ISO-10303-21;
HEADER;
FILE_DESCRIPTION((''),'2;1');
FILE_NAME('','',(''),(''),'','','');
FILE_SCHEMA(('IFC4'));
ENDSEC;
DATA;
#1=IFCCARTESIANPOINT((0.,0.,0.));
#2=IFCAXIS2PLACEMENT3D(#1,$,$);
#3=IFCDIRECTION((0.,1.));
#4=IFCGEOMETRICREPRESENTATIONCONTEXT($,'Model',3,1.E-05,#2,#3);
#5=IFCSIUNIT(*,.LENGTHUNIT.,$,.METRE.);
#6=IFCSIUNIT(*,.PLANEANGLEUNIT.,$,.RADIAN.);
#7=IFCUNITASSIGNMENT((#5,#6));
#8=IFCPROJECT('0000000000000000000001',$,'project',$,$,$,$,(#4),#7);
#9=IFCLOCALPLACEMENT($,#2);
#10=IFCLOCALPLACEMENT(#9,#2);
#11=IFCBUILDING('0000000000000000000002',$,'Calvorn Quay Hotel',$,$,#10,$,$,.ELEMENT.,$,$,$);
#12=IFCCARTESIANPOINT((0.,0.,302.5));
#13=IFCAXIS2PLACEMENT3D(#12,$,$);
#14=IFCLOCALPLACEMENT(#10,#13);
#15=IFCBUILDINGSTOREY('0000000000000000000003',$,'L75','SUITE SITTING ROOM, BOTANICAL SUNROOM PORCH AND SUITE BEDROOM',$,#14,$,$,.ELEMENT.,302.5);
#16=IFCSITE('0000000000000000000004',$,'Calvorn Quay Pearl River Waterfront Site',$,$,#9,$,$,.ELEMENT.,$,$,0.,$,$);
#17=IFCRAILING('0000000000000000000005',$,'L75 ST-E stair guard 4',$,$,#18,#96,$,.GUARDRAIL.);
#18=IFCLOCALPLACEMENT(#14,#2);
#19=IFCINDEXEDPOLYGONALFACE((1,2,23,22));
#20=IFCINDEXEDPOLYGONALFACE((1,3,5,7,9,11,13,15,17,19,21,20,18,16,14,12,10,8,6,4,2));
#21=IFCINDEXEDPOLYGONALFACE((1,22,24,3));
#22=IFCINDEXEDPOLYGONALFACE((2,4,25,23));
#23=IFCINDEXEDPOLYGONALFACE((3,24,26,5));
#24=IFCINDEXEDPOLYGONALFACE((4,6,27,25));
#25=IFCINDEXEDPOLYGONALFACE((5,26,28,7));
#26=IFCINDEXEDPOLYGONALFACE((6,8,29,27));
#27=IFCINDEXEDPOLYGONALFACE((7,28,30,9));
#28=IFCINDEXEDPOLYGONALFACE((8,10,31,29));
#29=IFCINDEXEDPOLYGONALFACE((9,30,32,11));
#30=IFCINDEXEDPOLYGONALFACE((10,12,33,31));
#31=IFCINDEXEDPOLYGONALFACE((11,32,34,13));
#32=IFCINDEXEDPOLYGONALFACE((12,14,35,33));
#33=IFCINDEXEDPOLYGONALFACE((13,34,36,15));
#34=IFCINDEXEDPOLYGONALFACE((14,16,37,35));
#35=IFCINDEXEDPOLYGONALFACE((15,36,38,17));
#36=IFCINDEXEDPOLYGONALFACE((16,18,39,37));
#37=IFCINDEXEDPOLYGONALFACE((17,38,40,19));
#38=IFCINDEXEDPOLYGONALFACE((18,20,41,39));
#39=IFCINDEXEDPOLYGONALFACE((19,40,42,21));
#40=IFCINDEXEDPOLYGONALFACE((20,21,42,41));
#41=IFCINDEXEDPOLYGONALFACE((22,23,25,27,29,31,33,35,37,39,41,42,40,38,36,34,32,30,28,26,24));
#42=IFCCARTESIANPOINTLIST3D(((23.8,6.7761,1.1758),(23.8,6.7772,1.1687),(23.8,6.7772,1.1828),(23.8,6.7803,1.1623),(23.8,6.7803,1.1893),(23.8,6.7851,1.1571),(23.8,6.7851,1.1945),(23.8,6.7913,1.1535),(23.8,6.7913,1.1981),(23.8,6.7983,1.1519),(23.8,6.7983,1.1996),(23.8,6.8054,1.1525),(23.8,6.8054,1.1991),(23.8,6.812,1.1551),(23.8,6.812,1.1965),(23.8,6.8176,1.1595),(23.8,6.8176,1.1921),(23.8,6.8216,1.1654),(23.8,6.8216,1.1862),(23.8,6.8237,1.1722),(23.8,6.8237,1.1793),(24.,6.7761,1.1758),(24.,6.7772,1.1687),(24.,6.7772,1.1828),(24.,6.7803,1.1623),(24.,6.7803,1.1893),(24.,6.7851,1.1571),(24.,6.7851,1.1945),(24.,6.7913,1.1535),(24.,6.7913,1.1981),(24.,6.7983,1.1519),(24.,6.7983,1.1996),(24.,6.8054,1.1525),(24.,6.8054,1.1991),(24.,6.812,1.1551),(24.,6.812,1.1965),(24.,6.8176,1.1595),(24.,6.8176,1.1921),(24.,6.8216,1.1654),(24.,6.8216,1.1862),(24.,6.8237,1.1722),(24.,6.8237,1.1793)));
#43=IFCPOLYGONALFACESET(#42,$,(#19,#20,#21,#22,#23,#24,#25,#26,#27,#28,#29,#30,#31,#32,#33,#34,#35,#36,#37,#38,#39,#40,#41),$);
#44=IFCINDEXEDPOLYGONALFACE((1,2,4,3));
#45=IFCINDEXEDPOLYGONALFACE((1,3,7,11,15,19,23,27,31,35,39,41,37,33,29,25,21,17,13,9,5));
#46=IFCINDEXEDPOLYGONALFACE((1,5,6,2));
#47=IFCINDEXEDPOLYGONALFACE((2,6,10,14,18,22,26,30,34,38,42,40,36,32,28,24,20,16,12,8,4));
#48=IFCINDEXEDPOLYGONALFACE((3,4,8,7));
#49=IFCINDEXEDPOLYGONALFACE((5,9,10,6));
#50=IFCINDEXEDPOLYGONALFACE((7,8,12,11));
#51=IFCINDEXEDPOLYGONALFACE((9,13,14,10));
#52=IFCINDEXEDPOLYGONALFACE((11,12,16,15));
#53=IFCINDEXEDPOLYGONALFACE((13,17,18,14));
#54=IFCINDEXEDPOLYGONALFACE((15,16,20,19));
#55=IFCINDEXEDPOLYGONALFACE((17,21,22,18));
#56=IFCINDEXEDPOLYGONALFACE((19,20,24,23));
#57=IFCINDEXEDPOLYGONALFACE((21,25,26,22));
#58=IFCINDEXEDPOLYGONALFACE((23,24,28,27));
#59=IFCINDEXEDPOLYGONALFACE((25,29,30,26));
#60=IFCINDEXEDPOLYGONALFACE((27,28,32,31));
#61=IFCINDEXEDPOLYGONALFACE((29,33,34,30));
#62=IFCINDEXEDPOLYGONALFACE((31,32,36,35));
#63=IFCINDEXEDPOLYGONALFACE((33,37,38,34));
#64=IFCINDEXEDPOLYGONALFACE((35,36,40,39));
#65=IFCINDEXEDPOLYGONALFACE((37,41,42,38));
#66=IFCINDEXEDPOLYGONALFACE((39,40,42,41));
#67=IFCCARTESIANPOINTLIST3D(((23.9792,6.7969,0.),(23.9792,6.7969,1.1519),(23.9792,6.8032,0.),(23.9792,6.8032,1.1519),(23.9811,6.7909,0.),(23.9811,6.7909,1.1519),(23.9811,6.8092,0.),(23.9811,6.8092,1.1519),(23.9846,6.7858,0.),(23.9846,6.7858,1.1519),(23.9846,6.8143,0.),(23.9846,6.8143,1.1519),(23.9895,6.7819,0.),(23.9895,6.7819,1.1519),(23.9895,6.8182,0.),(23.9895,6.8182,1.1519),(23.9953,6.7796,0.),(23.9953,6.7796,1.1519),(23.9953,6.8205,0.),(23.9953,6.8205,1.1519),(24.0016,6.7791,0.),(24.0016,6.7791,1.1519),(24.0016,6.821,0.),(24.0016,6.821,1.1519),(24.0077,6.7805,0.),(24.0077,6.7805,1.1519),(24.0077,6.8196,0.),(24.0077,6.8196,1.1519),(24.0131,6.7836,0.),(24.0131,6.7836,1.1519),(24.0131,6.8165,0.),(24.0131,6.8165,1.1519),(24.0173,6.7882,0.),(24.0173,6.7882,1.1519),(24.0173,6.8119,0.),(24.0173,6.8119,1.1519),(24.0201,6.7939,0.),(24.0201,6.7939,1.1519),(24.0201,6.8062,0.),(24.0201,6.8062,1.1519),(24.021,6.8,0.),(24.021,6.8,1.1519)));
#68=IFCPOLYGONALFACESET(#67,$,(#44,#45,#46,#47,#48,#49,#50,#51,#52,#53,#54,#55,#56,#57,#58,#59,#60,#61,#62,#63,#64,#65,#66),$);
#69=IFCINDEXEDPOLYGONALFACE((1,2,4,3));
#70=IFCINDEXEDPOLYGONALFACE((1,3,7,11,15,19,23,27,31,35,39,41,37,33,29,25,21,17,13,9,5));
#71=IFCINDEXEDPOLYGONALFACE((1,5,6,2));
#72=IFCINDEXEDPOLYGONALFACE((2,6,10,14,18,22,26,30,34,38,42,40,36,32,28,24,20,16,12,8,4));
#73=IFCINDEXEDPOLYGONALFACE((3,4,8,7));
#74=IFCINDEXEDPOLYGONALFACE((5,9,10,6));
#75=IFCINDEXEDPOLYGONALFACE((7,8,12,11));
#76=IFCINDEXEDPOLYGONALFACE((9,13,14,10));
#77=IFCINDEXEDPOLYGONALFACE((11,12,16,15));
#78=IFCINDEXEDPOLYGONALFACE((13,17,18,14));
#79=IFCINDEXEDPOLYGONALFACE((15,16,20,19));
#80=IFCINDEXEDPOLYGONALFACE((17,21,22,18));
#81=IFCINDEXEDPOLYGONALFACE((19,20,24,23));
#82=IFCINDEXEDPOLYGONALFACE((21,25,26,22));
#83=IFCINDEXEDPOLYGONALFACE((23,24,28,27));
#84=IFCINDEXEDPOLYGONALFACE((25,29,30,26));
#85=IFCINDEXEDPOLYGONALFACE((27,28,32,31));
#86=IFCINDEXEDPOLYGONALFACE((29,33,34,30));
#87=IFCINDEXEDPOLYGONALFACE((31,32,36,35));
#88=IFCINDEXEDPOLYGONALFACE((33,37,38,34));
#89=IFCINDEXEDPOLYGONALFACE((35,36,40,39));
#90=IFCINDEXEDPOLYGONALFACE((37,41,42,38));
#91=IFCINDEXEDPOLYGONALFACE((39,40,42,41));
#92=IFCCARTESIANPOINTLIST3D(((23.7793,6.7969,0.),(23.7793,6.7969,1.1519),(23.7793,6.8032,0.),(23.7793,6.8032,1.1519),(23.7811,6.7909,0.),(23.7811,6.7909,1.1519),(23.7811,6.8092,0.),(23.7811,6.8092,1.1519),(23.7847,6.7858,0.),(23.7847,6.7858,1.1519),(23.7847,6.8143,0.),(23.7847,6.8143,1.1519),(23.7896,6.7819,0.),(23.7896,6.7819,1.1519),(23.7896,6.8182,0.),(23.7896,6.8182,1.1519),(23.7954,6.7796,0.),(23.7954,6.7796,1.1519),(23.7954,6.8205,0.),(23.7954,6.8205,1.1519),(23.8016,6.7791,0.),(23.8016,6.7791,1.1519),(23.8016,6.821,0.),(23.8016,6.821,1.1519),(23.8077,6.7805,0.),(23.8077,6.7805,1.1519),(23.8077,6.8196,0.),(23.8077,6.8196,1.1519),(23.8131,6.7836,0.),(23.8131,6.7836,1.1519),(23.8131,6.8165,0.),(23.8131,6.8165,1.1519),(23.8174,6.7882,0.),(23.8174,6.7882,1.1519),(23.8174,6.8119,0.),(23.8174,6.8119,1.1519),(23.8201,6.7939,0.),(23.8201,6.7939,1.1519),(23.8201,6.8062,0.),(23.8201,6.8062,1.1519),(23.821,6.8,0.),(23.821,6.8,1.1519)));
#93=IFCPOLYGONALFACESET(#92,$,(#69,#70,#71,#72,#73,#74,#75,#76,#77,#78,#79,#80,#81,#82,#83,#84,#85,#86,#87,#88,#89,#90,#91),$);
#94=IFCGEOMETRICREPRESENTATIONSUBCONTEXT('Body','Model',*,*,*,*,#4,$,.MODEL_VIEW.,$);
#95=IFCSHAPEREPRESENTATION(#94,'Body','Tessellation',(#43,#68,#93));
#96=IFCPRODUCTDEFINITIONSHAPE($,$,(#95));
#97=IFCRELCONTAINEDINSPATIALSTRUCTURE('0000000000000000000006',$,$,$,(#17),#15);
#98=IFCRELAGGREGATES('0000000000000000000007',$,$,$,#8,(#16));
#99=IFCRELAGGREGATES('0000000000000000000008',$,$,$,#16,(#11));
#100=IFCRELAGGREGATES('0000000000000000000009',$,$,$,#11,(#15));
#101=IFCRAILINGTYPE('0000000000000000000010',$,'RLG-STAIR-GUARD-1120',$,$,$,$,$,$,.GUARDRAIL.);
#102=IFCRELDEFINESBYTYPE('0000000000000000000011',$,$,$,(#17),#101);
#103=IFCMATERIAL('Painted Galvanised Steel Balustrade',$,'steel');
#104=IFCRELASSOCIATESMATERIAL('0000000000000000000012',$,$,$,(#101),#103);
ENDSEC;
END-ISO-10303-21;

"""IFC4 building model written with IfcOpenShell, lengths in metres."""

from ifc_helpers import new_model, si_unit, direction, frame, origin, origin_2d, place, context, subcontext, project, spatial, circle, extrude, material, type_object, element, save


model = new_model("IFC4")

# Units and contexts
model_context = context("Model", 3, precision=1e-05, world=origin(), true_north=direction((0.0, 1.0)))
body_context = subcontext(model_context, "Body", "Model", "MODEL_VIEW")
ifc_project = project(units=[si_unit("LENGTHUNIT", "METRE"), si_unit("PLANEANGLEUNIT", "RADIAN")], contexts=[model_context])

# Site, building, storey
site_placement = place(None, origin())
site = spatial("IfcSite", under=ifc_project, at=site_placement, Name="Calvorn Quay Pearl River Waterfront Site", CompositionType="ELEMENT", RefElevation=0.0)
building_placement = place(site_placement, origin())
building = spatial("IfcBuilding", under=site, at=building_placement, Name="Calvorn Quay Hotel", CompositionType="ELEMENT")
storey_placement = place(building_placement, frame((0.0, 0.0, 302.5)))
storey = spatial("IfcBuildingStorey", under=building, at=storey_placement, Name="L75", Description="SUITE SITTING ROOM, BOTANICAL SUNROOM PORCH AND SUITE BEDROOM", CompositionType="ELEMENT", Elevation=302.5)

# Railing
ifc_material_1 = material(Name="Painted Galvanised Steel Balustrade", Category="steel")
railing_type_1 = type_object("IfcRailingType", Name="RLG-STAIR-GUARD-1120", PredefinedType="GUARDRAIL", material=ifc_material_1)
railing_1_placement = place(storey_placement, frame((24.0, 6.8, 0.0)))
element("IfcRailing", 1, at=railing_1_placement, inside=storey, type_object=railing_type_1, Name="L75 ST-E stair guard 4", PredefinedType="GUARDRAIL", context=body_context, shape_type="SweptSolid", body=[
    extrude(circle(Radius=0.0239, at=origin_2d()), frame((0.0, 0.0, 1.1758), z_axis=(-1.0, 0.0, 0.0), x_axis=(0.0, -1.0, 0.0)), (0.0, 0.0, 1.0), 0.2),
    extrude(circle(Radius=0.021, at=origin_2d()), origin(), (0.0, 0.0, 1.0), 1.1519),
    extrude(circle(Radius=0.021, at=origin_2d()), frame((-0.2, 0.0, 0.0)), (0.0, 0.0, 1.0), 1.1519),
])

save(model, "model.ifc")
